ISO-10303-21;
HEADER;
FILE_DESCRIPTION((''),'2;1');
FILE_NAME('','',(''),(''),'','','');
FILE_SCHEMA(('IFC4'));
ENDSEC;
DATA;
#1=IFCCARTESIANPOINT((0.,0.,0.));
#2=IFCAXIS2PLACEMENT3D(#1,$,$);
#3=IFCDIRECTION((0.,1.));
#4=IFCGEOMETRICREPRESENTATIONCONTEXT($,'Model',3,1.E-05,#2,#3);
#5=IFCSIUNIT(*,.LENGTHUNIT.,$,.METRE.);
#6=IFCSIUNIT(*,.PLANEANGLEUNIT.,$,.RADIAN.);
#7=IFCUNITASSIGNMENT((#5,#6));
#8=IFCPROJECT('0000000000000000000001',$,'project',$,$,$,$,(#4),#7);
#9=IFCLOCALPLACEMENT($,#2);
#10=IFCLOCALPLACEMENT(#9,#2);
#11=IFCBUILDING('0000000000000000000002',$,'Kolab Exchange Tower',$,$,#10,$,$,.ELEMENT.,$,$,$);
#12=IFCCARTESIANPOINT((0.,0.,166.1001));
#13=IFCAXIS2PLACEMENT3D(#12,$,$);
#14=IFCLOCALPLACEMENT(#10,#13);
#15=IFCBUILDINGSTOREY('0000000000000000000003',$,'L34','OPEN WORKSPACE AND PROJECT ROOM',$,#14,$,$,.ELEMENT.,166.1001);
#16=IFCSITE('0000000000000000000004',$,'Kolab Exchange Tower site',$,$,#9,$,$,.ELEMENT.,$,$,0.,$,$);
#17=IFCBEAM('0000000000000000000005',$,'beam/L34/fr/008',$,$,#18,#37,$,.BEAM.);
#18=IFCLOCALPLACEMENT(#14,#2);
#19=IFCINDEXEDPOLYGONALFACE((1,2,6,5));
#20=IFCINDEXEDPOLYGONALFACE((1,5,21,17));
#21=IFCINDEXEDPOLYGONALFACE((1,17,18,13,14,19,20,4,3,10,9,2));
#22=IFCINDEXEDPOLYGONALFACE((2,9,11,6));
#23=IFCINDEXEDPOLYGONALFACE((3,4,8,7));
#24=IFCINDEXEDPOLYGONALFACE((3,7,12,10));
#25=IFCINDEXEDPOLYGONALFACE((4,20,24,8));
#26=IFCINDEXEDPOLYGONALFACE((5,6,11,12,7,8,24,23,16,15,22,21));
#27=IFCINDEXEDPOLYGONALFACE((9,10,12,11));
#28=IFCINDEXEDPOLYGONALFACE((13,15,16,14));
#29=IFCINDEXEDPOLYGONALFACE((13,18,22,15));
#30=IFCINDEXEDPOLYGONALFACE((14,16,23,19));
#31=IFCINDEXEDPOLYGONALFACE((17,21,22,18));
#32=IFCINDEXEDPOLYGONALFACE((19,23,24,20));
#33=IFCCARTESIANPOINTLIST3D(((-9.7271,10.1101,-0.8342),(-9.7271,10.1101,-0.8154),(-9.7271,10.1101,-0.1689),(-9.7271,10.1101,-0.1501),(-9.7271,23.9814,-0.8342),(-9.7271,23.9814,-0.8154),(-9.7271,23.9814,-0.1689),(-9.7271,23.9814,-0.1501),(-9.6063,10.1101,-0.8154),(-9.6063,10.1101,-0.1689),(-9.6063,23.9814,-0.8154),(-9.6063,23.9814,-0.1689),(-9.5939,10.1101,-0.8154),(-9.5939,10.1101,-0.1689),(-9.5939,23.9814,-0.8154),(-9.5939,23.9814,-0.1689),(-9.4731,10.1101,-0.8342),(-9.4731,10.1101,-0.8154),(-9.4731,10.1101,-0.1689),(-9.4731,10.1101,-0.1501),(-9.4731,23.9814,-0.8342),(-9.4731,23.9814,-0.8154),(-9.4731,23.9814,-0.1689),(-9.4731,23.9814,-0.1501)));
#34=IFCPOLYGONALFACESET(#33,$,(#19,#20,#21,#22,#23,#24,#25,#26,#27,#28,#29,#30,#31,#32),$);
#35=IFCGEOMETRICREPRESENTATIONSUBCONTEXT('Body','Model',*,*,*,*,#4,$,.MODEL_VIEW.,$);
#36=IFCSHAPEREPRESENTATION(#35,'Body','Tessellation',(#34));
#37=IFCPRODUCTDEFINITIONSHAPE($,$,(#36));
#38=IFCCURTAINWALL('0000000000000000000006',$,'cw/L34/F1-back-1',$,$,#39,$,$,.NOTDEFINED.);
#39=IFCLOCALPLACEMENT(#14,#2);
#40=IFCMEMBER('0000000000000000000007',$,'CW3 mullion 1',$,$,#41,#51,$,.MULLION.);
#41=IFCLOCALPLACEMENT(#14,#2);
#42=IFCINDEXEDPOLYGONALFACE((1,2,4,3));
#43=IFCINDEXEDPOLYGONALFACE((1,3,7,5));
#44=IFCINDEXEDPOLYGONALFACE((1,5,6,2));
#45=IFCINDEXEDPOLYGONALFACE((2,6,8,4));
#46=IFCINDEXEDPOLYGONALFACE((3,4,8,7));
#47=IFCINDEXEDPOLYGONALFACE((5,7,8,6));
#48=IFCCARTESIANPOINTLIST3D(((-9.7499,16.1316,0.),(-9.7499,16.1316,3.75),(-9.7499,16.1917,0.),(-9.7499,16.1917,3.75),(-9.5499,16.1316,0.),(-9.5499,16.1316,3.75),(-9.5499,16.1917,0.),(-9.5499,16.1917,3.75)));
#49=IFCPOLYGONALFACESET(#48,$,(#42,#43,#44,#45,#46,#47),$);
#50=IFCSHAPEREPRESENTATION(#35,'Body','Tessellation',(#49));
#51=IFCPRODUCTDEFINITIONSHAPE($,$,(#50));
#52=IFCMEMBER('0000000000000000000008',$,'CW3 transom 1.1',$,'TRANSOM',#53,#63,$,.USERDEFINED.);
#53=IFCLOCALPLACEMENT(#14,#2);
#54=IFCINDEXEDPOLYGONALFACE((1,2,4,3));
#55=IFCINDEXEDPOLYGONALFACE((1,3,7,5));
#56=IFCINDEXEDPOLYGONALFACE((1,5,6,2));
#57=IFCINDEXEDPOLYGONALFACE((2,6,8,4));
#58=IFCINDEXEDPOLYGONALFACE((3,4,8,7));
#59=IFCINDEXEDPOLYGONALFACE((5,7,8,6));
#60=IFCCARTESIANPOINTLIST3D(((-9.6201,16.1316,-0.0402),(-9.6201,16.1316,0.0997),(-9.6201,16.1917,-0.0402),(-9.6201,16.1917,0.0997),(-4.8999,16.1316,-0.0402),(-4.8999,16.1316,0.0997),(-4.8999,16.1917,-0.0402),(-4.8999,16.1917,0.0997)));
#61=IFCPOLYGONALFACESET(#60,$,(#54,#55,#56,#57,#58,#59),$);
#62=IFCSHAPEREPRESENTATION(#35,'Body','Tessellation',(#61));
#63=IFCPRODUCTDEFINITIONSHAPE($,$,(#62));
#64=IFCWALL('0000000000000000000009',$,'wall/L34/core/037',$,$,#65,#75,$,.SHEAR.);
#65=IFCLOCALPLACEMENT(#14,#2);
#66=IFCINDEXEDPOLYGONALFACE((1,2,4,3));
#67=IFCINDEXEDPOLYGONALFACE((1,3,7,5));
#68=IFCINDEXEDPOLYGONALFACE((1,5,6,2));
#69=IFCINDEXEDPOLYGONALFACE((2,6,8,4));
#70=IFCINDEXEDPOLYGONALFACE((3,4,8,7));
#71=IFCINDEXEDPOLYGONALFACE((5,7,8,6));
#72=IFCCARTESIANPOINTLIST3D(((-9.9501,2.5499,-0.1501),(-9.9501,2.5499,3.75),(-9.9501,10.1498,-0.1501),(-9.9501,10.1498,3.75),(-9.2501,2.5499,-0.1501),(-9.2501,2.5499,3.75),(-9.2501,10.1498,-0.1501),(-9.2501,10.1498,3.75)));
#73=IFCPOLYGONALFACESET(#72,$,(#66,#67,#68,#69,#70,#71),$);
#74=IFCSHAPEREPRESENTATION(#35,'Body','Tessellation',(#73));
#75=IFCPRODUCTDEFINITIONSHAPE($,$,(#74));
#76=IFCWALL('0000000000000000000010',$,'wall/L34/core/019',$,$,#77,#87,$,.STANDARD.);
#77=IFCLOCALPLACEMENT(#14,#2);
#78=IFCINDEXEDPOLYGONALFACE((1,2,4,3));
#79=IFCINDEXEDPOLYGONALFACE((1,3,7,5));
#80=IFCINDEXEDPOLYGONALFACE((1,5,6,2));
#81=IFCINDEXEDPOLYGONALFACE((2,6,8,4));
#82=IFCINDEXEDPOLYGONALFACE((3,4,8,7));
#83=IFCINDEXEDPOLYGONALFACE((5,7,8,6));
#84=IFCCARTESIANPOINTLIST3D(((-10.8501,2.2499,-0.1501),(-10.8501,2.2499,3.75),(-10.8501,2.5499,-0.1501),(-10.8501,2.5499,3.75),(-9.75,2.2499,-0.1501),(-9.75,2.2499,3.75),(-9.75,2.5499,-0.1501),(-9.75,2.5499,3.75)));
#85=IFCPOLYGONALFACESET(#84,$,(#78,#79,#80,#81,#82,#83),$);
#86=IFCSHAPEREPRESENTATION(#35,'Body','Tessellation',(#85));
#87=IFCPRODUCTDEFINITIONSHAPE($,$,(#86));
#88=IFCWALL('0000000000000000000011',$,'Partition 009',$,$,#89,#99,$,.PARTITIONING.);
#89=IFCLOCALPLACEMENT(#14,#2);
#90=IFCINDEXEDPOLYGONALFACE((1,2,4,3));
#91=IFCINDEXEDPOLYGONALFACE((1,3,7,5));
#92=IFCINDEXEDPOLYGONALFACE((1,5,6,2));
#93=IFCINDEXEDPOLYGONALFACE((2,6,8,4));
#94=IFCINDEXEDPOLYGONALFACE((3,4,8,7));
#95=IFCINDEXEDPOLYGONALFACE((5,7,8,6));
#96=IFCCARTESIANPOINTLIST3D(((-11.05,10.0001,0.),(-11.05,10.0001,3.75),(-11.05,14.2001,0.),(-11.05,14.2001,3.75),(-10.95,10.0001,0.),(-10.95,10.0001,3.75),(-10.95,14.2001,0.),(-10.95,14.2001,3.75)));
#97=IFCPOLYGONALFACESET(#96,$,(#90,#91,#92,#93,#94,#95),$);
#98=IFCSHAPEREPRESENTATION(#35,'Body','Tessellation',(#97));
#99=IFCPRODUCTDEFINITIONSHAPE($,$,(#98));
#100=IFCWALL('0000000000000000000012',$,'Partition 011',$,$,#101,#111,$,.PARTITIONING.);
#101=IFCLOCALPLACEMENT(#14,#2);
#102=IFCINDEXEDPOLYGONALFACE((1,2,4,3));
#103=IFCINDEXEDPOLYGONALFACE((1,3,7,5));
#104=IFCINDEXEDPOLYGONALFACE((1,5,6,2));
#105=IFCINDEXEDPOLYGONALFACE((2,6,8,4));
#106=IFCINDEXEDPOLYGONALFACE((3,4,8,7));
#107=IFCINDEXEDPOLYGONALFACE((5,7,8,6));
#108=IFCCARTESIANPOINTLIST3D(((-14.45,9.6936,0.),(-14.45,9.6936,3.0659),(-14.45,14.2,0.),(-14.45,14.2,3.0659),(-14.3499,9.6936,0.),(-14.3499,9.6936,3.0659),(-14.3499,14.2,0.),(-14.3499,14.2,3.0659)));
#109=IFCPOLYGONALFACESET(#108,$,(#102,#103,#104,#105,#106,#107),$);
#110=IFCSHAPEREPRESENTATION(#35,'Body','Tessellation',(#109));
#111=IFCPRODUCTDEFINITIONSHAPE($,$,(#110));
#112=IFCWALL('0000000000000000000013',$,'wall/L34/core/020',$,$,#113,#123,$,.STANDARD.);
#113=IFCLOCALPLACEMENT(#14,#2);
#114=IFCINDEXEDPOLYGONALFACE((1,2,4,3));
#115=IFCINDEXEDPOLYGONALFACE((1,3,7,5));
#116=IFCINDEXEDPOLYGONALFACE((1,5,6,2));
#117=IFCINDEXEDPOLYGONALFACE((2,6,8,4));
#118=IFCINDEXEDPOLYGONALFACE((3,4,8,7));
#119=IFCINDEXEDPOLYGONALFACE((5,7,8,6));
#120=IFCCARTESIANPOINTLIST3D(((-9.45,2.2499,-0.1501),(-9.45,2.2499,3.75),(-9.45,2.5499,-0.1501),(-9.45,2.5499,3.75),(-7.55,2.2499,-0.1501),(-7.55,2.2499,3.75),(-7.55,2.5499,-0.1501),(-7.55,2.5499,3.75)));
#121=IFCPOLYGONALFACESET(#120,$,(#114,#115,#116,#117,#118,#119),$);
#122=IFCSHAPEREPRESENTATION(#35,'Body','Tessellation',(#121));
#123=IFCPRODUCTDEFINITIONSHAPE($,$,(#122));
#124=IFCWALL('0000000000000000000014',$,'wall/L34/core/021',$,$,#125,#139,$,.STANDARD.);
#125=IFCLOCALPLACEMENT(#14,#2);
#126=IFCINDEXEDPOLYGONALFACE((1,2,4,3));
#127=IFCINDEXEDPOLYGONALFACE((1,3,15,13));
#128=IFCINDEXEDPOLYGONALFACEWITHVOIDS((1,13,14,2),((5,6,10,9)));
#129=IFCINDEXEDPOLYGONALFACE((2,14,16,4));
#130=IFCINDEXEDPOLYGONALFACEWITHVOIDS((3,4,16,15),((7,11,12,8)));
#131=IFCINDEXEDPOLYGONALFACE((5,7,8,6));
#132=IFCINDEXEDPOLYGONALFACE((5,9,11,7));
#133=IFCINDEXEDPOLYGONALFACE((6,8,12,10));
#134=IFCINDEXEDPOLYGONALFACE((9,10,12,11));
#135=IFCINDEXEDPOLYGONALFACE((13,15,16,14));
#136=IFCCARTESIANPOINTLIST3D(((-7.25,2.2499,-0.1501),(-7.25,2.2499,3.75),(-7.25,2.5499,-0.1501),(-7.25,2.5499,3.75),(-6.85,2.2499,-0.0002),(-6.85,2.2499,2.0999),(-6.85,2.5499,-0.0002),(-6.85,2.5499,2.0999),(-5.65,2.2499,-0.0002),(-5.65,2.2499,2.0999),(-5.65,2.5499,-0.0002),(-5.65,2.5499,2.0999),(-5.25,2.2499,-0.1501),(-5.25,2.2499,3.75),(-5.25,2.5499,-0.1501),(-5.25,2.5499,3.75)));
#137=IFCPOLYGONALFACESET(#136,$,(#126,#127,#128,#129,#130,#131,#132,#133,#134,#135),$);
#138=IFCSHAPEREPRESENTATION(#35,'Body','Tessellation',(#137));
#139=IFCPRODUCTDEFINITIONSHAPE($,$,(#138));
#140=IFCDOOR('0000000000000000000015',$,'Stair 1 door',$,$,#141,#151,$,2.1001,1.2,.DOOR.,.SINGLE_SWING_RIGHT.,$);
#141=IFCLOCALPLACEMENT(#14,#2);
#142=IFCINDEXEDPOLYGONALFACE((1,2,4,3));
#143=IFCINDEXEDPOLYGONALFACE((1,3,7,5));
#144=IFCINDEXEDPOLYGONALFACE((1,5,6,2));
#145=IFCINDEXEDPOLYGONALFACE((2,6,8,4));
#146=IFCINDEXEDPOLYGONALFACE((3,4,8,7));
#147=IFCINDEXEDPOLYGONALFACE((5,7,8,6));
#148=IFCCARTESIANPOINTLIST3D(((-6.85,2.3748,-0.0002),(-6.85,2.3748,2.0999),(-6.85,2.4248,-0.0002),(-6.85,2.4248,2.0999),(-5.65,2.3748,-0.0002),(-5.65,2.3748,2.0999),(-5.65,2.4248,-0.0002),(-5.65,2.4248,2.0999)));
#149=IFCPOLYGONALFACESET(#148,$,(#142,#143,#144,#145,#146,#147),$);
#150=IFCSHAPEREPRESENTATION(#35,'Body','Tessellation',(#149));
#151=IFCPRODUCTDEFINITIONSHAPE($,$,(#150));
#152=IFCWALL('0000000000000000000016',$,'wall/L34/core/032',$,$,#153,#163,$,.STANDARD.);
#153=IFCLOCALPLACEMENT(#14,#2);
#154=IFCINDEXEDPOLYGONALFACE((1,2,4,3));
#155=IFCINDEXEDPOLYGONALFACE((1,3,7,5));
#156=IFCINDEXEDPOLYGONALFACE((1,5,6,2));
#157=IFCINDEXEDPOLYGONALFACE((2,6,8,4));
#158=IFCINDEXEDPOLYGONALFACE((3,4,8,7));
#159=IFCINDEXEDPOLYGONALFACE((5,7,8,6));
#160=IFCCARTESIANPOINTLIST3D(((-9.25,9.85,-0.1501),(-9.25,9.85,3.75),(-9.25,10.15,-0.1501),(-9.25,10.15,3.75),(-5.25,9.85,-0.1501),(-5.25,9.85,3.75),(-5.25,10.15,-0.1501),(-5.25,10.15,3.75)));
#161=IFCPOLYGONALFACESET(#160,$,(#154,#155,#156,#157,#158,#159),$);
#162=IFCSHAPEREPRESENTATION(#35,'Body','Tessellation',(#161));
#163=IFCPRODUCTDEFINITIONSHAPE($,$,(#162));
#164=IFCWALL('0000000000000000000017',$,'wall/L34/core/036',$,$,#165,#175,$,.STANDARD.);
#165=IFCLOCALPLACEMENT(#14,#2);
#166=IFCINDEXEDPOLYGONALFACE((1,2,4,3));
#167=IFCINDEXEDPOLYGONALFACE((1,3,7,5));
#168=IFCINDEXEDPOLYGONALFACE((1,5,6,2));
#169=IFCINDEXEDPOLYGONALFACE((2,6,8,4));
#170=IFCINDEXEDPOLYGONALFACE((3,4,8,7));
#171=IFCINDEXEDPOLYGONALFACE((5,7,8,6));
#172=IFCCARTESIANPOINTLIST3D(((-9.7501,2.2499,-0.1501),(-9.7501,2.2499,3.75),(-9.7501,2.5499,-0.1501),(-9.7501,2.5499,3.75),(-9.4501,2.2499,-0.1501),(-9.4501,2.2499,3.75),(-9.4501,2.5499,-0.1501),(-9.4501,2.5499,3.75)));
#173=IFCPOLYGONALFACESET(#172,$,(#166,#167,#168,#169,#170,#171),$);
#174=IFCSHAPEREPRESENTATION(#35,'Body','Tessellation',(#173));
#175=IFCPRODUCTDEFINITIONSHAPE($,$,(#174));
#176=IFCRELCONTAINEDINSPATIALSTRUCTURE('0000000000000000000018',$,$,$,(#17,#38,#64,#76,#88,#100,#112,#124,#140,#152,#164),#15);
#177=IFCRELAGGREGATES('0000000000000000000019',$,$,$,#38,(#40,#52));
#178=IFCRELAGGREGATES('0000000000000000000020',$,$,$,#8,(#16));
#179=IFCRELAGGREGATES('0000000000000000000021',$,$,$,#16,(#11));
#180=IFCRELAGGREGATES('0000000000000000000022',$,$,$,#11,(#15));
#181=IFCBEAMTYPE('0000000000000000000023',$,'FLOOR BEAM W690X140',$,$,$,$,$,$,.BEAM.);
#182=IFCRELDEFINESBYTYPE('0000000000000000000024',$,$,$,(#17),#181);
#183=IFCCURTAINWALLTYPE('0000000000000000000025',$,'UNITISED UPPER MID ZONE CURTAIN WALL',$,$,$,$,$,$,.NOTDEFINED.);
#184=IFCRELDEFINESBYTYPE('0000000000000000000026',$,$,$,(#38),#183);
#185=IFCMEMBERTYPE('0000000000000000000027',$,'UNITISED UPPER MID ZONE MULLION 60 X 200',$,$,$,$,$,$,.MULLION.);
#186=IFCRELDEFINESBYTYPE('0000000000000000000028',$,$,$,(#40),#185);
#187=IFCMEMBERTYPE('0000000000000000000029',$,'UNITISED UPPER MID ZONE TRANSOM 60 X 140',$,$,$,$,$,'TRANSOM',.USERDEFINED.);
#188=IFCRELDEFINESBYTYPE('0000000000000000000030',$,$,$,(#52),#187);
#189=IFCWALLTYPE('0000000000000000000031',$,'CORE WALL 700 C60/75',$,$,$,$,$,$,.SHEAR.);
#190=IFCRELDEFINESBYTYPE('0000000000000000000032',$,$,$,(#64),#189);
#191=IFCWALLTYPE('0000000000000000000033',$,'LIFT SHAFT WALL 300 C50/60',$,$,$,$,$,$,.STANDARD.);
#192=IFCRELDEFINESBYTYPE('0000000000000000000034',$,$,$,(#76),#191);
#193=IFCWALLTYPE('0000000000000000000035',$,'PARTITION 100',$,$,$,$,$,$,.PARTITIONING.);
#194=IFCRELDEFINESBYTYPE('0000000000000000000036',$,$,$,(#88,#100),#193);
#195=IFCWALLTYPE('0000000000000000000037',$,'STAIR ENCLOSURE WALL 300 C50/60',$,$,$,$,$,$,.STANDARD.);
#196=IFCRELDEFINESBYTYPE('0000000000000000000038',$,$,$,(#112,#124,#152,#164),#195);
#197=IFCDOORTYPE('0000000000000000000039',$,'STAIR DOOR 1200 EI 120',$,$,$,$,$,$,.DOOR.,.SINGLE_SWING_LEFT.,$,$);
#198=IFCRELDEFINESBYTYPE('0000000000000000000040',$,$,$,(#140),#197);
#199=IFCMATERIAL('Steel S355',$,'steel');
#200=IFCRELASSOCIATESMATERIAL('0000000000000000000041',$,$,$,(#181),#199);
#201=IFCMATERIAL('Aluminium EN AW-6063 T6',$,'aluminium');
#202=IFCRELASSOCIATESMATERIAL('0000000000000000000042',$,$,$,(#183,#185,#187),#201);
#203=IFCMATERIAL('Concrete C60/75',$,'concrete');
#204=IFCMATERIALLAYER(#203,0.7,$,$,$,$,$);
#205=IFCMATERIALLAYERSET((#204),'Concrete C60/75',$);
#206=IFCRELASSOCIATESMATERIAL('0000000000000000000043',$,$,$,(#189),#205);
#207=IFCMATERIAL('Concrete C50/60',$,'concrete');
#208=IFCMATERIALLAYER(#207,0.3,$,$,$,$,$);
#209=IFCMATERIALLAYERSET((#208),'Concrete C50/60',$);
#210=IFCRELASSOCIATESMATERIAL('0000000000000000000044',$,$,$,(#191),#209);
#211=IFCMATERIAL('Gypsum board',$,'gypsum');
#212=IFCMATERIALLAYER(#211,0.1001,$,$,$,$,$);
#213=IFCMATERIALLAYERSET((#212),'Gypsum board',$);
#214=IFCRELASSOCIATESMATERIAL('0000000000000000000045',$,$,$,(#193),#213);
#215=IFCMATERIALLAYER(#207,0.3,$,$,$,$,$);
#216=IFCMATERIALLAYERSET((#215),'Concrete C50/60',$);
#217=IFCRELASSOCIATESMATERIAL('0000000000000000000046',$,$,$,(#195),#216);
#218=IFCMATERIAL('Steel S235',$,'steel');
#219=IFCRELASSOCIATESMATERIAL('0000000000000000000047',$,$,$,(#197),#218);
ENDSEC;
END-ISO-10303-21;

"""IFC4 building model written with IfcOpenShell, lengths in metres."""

from ifc_helpers import new_model, si_unit, direction, frame, frame_2d, origin, origin_2d, place, context, subcontext, project, spatial, rectangle, i_section, extrude, material, layer, layer_set, material_profile, profile_set, type_object, element, fill, aggregate, save


model = new_model("IFC4")

# Units and contexts
model_context = context("Model", 3, precision=1e-05, world=origin(), true_north=direction((0.0, 1.0)))
body_context = subcontext(model_context, "Body", "Model", "MODEL_VIEW")
ifc_project = project(units=[si_unit("LENGTHUNIT", "METRE"), si_unit("PLANEANGLEUNIT", "RADIAN")], contexts=[model_context])

# Site, building, storey
site_placement = place(None, origin())
site = spatial("IfcSite", under=ifc_project, at=site_placement, Name="Kolab Exchange Tower site", CompositionType="ELEMENT", RefElevation=0.0)
building_placement = place(site_placement, origin())
building = spatial("IfcBuilding", under=site, at=building_placement, Name="Kolab Exchange Tower", CompositionType="ELEMENT")
storey_placement = place(building_placement, frame((0.0, 0.0, 166.1001)))
storey = spatial("IfcBuildingStorey", under=building, at=storey_placement, Name="L34", Description="OPEN WORKSPACE AND PROJECT ROOM", CompositionType="ELEMENT", Elevation=166.1001)

# Beam
ifc_material_1 = material(Name="Steel S355", Category="steel")
ifc_material_profile_1 = material_profile(ifc_material_1, i_section(OverallWidth=0.2539, OverallDepth=0.6841, WebThickness=0.0125, FlangeThickness=0.0188, at=origin_2d()), Name="W690X140")
ifc_profile_set_1 = profile_set([ifc_material_profile_1], Name="Steel S355")
beam_type = type_object("IfcBeamType", Name="FLOOR BEAM W690X140", PredefinedType="BEAM", material=ifc_profile_set_1)
beam_placement = place(storey_placement, frame((-9.6001, 10.1101, -0.4922), z_axis=(0.0, 1.0, 0.0), x_axis=(-1.0, 0.0, 0.0)))
element("IfcBeam", 1, at=beam_placement, inside=storey, type_object=beam_type, Name="beam/L34/fr/008", PredefinedType="BEAM", context=body_context, shape_type="SweptSolid", body=[
    extrude(i_section(OverallWidth=0.2539, OverallDepth=0.6841, WebThickness=0.0125, FlangeThickness=0.0188, at=origin_2d()), origin(), (0.0, 0.0, 1.0), 13.8713),
])

# Curtain wall, members
ifc_material_2 = material(Name="Aluminium EN AW-6063 T6", Category="aluminium")
curtain_wall_type = type_object("IfcCurtainWallType", Name="UNITISED UPPER MID ZONE CURTAIN WALL", PredefinedType="NOTDEFINED", material=ifc_material_2)
curtain_wall_placement = place(storey_placement, origin())
curtain_wall = element("IfcCurtainWall", 2, at=curtain_wall_placement, inside=storey, type_object=curtain_wall_type, Name="cw/L34/F1-back-1", PredefinedType="NOTDEFINED")
ifc_material_profile_2 = material_profile(ifc_material_2, rectangle(XDim=0.0601, YDim=0.2, at=origin_2d()), Name="RECT 60X200")
ifc_profile_set_2 = profile_set([ifc_material_profile_2], Name="Aluminium EN AW-6063 T6")
member_type_1 = type_object("IfcMemberType", Name="UNITISED UPPER MID ZONE MULLION 60 X 200", PredefinedType="MULLION", material=ifc_profile_set_2)
member_1_placement = place(storey_placement, frame((-9.6499, 16.1616, 0.0), z_axis=(0.0, 0.0, 1.0), x_axis=(0.0, 1.0, 0.0)))
member_1 = element("IfcMember", 3, at=member_1_placement, type_object=member_type_1, Name="CW3 mullion 1", PredefinedType="MULLION", context=body_context, shape_type="SweptSolid", body=[
    extrude(rectangle(XDim=0.0601, YDim=0.2, at=origin_2d()), origin(), (0.0, 0.0, 1.0), 3.75),
])
ifc_material_profile_3 = material_profile(ifc_material_2, rectangle(XDim=0.0601, YDim=0.1399, at=origin_2d()), Name="RECT 60X140")
ifc_profile_set_3 = profile_set([ifc_material_profile_3], Name="Aluminium EN AW-6063 T6")
member_type_2 = type_object("IfcMemberType", Name="UNITISED UPPER MID ZONE TRANSOM 60 X 140", ElementType="TRANSOM", PredefinedType="USERDEFINED", material=ifc_profile_set_3)
member_2_placement = place(storey_placement, frame((-9.6201, 16.1616, 0.0298), z_axis=(1.0, 0.0, 0.0), x_axis=(0.0, 1.0, 0.0)))
member_2 = element("IfcMember", 4, at=member_2_placement, type_object=member_type_2, Name="CW3 transom 1.1", ObjectType="TRANSOM", PredefinedType="USERDEFINED", context=body_context, shape_type="SweptSolid", body=[
    extrude(rectangle(XDim=0.0601, YDim=0.1399, at=origin_2d()), origin(), (0.0, 0.0, 1.0), 4.7202),
])
aggregate(curtain_wall, [member_1, member_2])

# Walls
ifc_material_3 = material(Name="Concrete C60/75", Category="concrete")
ifc_layer_1 = layer(ifc_material_3, 0.7)
ifc_layer_set_1 = layer_set([ifc_layer_1], Name="Concrete C60/75")
wall_type_1 = type_object("IfcWallType", Name="CORE WALL 700 C60/75", PredefinedType="SHEAR", material=ifc_layer_set_1)
wall_1_placement = place(storey_placement, frame((-9.6001, 2.55, -0.1501), z_axis=(0.0, 0.0, 1.0), x_axis=(0.0, 1.0, 0.0)))
element("IfcWall", 5, at=wall_1_placement, inside=storey, type_object=wall_type_1, Name="wall/L34/core/037", PredefinedType="SHEAR", context=body_context, shape_type="SweptSolid", body=[
    extrude(rectangle(XDim=7.5999, YDim=0.7, at=frame_2d((3.7998, 0.0))), origin(), (0.0, 0.0, 1.0), 3.9001),
])
ifc_material_4 = material(Name="Concrete C50/60", Category="concrete")
ifc_layer_2 = layer(ifc_material_4, 0.3)
ifc_layer_set_2 = layer_set([ifc_layer_2], Name="Concrete C50/60")
wall_type_2 = type_object("IfcWallType", Name="LIFT SHAFT WALL 300 C50/60", PredefinedType="STANDARD", material=ifc_layer_set_2)
wall_2_placement = place(storey_placement, frame((-10.8501, 2.3999, -0.1501), z_axis=(0.0, 0.0, 1.0), x_axis=(1.0, 0.0, 0.0)))
element("IfcWall", 6, at=wall_2_placement, inside=storey, type_object=wall_type_2, Name="wall/L34/core/019", PredefinedType="STANDARD", context=body_context, shape_type="SweptSolid", body=[
    extrude(rectangle(XDim=1.1001, YDim=0.3, at=frame_2d((0.55, 0.0))), origin(), (0.0, 0.0, 1.0), 3.9001),
])
ifc_material_5 = material(Name="Gypsum board", Category="gypsum")
ifc_layer_3 = layer(ifc_material_5, 0.1001)
ifc_layer_set_3 = layer_set([ifc_layer_3], Name="Gypsum board")
wall_type_3 = type_object("IfcWallType", Name="PARTITION 100", PredefinedType="PARTITIONING", material=ifc_layer_set_3)
wall_3_placement = place(storey_placement, frame((-11.0, 10.0, 0.0), z_axis=(0.0, 0.0, 1.0), x_axis=(0.0, 1.0, 0.0)))
element("IfcWall", 7, at=wall_3_placement, inside=storey, type_object=wall_type_3, Name="Partition 009", PredefinedType="PARTITIONING", context=body_context, shape_type="SweptSolid", body=[
    extrude(rectangle(XDim=4.2, YDim=0.1001, at=frame_2d((2.1001, 0.0))), origin(), (0.0, 0.0, 1.0), 3.75),
])
wall_4_placement = place(storey_placement, frame((-14.3999, 9.6936, 0.0), z_axis=(0.0, 0.0, 1.0), x_axis=(0.0, 1.0, 0.0)))
element("IfcWall", 8, at=wall_4_placement, inside=storey, type_object=wall_type_3, Name="Partition 011", PredefinedType="PARTITIONING", context=body_context, shape_type="SweptSolid", body=[
    extrude(rectangle(XDim=4.5063, YDim=0.1001, at=frame_2d((2.2532, 0.0))), origin(), (0.0, 0.0, 1.0), 3.0659),
])
ifc_layer_4 = layer(ifc_material_4, 0.3)
ifc_layer_set_4 = layer_set([ifc_layer_4], Name="Concrete C50/60")
wall_type_4 = type_object("IfcWallType", Name="STAIR ENCLOSURE WALL 300 C50/60", PredefinedType="STANDARD", material=ifc_layer_set_4)
wall_5_placement = place(storey_placement, frame((-9.45, 2.3999, -0.1501), z_axis=(0.0, 0.0, 1.0), x_axis=(1.0, 0.0, 0.0)))
element("IfcWall", 9, at=wall_5_placement, inside=storey, type_object=wall_type_4, Name="wall/L34/core/020", PredefinedType="STANDARD", context=body_context, shape_type="SweptSolid", body=[
    extrude(rectangle(XDim=1.8999, YDim=0.3, at=frame_2d((0.95, 0.0))), origin(), (0.0, 0.0, 1.0), 3.9001),
])

# Wall, opening, door
wall_6_placement = place(storey_placement, frame((-7.25, 2.3999, -0.1501), z_axis=(0.0, 0.0, 1.0), x_axis=(1.0, 0.0, 0.0)))
wall_6 = element("IfcWall", 10, at=wall_6_placement, inside=storey, type_object=wall_type_4, Name="wall/L34/core/021", PredefinedType="STANDARD", context=body_context, shape_type="SweptSolid", body=[
    extrude(rectangle(XDim=2.0, YDim=0.3, at=frame_2d((1.0, 0.0))), origin(), (0.0, 0.0, 1.0), 3.9001),
])
opening_placement = place(wall_6_placement, frame((0.3999, 0.0, 0.1499)))
opening = element("IfcOpeningElement", 11, at=opening_placement, cuts=wall_6, PredefinedType="OPENING", context=body_context, shape_type="SweptSolid", body=[
    extrude(rectangle(XDim=1.2, YDim=2.1001, at=frame_2d((0.6001, 1.05))), frame((0.0, 0.1602, 0.0), z_axis=(0.0, -1.0, 0.0), x_axis=(1.0, 0.0, 0.0)), (0.0, 0.0, 1.0), 0.3201),
])
ifc_material_6 = material(Name="Steel S235", Category="steel")
door_type = type_object("IfcDoorType", Name="STAIR DOOR 1200 EI 120", OperationType="SINGLE_SWING_LEFT", PredefinedType="DOOR", material=ifc_material_6)
door_placement = place(opening_placement, origin())
door = element("IfcDoor", 12, at=door_placement, inside=storey, type_object=door_type, Name="Stair 1 door", OperationType="SINGLE_SWING_RIGHT", OverallHeight=2.1001, OverallWidth=1.2, PredefinedType="DOOR", context=body_context, shape_type="SweptSolid", body=[
    extrude(rectangle(XDim=1.2, YDim=2.1001, at=frame_2d((0.6001, 1.05))), frame((0.0, 0.0249, 0.0), z_axis=(0.0, -1.0, 0.0), x_axis=(1.0, 0.0, 0.0)), (0.0, 0.0, 1.0), 0.05),
])
fill(opening, door)

# Walls
wall_7_placement = place(storey_placement, frame((-9.25, 10.0, -0.1501), z_axis=(0.0, 0.0, 1.0), x_axis=(1.0, 0.0, 0.0)))
element("IfcWall", 13, at=wall_7_placement, inside=storey, type_object=wall_type_4, Name="wall/L34/core/032", PredefinedType="STANDARD", context=body_context, shape_type="SweptSolid", body=[
    extrude(rectangle(XDim=4.0, YDim=0.3, at=frame_2d((2.0, 0.0))), origin(), (0.0, 0.0, 1.0), 3.9001),
])
wall_8_placement = place(storey_placement, frame((-9.6001, 2.25, -0.1501), z_axis=(0.0, 0.0, 1.0), x_axis=(0.0, 1.0, 0.0)))
element("IfcWall", 14, at=wall_8_placement, inside=storey, type_object=wall_type_4, Name="wall/L34/core/036", PredefinedType="STANDARD", context=body_context, shape_type="SweptSolid", body=[
    extrude(rectangle(XDim=0.3, YDim=0.3, at=frame_2d((0.1499, 0.0))), origin(), (0.0, 0.0, 1.0), 3.9001),
])

save(model, "model.ifc")
